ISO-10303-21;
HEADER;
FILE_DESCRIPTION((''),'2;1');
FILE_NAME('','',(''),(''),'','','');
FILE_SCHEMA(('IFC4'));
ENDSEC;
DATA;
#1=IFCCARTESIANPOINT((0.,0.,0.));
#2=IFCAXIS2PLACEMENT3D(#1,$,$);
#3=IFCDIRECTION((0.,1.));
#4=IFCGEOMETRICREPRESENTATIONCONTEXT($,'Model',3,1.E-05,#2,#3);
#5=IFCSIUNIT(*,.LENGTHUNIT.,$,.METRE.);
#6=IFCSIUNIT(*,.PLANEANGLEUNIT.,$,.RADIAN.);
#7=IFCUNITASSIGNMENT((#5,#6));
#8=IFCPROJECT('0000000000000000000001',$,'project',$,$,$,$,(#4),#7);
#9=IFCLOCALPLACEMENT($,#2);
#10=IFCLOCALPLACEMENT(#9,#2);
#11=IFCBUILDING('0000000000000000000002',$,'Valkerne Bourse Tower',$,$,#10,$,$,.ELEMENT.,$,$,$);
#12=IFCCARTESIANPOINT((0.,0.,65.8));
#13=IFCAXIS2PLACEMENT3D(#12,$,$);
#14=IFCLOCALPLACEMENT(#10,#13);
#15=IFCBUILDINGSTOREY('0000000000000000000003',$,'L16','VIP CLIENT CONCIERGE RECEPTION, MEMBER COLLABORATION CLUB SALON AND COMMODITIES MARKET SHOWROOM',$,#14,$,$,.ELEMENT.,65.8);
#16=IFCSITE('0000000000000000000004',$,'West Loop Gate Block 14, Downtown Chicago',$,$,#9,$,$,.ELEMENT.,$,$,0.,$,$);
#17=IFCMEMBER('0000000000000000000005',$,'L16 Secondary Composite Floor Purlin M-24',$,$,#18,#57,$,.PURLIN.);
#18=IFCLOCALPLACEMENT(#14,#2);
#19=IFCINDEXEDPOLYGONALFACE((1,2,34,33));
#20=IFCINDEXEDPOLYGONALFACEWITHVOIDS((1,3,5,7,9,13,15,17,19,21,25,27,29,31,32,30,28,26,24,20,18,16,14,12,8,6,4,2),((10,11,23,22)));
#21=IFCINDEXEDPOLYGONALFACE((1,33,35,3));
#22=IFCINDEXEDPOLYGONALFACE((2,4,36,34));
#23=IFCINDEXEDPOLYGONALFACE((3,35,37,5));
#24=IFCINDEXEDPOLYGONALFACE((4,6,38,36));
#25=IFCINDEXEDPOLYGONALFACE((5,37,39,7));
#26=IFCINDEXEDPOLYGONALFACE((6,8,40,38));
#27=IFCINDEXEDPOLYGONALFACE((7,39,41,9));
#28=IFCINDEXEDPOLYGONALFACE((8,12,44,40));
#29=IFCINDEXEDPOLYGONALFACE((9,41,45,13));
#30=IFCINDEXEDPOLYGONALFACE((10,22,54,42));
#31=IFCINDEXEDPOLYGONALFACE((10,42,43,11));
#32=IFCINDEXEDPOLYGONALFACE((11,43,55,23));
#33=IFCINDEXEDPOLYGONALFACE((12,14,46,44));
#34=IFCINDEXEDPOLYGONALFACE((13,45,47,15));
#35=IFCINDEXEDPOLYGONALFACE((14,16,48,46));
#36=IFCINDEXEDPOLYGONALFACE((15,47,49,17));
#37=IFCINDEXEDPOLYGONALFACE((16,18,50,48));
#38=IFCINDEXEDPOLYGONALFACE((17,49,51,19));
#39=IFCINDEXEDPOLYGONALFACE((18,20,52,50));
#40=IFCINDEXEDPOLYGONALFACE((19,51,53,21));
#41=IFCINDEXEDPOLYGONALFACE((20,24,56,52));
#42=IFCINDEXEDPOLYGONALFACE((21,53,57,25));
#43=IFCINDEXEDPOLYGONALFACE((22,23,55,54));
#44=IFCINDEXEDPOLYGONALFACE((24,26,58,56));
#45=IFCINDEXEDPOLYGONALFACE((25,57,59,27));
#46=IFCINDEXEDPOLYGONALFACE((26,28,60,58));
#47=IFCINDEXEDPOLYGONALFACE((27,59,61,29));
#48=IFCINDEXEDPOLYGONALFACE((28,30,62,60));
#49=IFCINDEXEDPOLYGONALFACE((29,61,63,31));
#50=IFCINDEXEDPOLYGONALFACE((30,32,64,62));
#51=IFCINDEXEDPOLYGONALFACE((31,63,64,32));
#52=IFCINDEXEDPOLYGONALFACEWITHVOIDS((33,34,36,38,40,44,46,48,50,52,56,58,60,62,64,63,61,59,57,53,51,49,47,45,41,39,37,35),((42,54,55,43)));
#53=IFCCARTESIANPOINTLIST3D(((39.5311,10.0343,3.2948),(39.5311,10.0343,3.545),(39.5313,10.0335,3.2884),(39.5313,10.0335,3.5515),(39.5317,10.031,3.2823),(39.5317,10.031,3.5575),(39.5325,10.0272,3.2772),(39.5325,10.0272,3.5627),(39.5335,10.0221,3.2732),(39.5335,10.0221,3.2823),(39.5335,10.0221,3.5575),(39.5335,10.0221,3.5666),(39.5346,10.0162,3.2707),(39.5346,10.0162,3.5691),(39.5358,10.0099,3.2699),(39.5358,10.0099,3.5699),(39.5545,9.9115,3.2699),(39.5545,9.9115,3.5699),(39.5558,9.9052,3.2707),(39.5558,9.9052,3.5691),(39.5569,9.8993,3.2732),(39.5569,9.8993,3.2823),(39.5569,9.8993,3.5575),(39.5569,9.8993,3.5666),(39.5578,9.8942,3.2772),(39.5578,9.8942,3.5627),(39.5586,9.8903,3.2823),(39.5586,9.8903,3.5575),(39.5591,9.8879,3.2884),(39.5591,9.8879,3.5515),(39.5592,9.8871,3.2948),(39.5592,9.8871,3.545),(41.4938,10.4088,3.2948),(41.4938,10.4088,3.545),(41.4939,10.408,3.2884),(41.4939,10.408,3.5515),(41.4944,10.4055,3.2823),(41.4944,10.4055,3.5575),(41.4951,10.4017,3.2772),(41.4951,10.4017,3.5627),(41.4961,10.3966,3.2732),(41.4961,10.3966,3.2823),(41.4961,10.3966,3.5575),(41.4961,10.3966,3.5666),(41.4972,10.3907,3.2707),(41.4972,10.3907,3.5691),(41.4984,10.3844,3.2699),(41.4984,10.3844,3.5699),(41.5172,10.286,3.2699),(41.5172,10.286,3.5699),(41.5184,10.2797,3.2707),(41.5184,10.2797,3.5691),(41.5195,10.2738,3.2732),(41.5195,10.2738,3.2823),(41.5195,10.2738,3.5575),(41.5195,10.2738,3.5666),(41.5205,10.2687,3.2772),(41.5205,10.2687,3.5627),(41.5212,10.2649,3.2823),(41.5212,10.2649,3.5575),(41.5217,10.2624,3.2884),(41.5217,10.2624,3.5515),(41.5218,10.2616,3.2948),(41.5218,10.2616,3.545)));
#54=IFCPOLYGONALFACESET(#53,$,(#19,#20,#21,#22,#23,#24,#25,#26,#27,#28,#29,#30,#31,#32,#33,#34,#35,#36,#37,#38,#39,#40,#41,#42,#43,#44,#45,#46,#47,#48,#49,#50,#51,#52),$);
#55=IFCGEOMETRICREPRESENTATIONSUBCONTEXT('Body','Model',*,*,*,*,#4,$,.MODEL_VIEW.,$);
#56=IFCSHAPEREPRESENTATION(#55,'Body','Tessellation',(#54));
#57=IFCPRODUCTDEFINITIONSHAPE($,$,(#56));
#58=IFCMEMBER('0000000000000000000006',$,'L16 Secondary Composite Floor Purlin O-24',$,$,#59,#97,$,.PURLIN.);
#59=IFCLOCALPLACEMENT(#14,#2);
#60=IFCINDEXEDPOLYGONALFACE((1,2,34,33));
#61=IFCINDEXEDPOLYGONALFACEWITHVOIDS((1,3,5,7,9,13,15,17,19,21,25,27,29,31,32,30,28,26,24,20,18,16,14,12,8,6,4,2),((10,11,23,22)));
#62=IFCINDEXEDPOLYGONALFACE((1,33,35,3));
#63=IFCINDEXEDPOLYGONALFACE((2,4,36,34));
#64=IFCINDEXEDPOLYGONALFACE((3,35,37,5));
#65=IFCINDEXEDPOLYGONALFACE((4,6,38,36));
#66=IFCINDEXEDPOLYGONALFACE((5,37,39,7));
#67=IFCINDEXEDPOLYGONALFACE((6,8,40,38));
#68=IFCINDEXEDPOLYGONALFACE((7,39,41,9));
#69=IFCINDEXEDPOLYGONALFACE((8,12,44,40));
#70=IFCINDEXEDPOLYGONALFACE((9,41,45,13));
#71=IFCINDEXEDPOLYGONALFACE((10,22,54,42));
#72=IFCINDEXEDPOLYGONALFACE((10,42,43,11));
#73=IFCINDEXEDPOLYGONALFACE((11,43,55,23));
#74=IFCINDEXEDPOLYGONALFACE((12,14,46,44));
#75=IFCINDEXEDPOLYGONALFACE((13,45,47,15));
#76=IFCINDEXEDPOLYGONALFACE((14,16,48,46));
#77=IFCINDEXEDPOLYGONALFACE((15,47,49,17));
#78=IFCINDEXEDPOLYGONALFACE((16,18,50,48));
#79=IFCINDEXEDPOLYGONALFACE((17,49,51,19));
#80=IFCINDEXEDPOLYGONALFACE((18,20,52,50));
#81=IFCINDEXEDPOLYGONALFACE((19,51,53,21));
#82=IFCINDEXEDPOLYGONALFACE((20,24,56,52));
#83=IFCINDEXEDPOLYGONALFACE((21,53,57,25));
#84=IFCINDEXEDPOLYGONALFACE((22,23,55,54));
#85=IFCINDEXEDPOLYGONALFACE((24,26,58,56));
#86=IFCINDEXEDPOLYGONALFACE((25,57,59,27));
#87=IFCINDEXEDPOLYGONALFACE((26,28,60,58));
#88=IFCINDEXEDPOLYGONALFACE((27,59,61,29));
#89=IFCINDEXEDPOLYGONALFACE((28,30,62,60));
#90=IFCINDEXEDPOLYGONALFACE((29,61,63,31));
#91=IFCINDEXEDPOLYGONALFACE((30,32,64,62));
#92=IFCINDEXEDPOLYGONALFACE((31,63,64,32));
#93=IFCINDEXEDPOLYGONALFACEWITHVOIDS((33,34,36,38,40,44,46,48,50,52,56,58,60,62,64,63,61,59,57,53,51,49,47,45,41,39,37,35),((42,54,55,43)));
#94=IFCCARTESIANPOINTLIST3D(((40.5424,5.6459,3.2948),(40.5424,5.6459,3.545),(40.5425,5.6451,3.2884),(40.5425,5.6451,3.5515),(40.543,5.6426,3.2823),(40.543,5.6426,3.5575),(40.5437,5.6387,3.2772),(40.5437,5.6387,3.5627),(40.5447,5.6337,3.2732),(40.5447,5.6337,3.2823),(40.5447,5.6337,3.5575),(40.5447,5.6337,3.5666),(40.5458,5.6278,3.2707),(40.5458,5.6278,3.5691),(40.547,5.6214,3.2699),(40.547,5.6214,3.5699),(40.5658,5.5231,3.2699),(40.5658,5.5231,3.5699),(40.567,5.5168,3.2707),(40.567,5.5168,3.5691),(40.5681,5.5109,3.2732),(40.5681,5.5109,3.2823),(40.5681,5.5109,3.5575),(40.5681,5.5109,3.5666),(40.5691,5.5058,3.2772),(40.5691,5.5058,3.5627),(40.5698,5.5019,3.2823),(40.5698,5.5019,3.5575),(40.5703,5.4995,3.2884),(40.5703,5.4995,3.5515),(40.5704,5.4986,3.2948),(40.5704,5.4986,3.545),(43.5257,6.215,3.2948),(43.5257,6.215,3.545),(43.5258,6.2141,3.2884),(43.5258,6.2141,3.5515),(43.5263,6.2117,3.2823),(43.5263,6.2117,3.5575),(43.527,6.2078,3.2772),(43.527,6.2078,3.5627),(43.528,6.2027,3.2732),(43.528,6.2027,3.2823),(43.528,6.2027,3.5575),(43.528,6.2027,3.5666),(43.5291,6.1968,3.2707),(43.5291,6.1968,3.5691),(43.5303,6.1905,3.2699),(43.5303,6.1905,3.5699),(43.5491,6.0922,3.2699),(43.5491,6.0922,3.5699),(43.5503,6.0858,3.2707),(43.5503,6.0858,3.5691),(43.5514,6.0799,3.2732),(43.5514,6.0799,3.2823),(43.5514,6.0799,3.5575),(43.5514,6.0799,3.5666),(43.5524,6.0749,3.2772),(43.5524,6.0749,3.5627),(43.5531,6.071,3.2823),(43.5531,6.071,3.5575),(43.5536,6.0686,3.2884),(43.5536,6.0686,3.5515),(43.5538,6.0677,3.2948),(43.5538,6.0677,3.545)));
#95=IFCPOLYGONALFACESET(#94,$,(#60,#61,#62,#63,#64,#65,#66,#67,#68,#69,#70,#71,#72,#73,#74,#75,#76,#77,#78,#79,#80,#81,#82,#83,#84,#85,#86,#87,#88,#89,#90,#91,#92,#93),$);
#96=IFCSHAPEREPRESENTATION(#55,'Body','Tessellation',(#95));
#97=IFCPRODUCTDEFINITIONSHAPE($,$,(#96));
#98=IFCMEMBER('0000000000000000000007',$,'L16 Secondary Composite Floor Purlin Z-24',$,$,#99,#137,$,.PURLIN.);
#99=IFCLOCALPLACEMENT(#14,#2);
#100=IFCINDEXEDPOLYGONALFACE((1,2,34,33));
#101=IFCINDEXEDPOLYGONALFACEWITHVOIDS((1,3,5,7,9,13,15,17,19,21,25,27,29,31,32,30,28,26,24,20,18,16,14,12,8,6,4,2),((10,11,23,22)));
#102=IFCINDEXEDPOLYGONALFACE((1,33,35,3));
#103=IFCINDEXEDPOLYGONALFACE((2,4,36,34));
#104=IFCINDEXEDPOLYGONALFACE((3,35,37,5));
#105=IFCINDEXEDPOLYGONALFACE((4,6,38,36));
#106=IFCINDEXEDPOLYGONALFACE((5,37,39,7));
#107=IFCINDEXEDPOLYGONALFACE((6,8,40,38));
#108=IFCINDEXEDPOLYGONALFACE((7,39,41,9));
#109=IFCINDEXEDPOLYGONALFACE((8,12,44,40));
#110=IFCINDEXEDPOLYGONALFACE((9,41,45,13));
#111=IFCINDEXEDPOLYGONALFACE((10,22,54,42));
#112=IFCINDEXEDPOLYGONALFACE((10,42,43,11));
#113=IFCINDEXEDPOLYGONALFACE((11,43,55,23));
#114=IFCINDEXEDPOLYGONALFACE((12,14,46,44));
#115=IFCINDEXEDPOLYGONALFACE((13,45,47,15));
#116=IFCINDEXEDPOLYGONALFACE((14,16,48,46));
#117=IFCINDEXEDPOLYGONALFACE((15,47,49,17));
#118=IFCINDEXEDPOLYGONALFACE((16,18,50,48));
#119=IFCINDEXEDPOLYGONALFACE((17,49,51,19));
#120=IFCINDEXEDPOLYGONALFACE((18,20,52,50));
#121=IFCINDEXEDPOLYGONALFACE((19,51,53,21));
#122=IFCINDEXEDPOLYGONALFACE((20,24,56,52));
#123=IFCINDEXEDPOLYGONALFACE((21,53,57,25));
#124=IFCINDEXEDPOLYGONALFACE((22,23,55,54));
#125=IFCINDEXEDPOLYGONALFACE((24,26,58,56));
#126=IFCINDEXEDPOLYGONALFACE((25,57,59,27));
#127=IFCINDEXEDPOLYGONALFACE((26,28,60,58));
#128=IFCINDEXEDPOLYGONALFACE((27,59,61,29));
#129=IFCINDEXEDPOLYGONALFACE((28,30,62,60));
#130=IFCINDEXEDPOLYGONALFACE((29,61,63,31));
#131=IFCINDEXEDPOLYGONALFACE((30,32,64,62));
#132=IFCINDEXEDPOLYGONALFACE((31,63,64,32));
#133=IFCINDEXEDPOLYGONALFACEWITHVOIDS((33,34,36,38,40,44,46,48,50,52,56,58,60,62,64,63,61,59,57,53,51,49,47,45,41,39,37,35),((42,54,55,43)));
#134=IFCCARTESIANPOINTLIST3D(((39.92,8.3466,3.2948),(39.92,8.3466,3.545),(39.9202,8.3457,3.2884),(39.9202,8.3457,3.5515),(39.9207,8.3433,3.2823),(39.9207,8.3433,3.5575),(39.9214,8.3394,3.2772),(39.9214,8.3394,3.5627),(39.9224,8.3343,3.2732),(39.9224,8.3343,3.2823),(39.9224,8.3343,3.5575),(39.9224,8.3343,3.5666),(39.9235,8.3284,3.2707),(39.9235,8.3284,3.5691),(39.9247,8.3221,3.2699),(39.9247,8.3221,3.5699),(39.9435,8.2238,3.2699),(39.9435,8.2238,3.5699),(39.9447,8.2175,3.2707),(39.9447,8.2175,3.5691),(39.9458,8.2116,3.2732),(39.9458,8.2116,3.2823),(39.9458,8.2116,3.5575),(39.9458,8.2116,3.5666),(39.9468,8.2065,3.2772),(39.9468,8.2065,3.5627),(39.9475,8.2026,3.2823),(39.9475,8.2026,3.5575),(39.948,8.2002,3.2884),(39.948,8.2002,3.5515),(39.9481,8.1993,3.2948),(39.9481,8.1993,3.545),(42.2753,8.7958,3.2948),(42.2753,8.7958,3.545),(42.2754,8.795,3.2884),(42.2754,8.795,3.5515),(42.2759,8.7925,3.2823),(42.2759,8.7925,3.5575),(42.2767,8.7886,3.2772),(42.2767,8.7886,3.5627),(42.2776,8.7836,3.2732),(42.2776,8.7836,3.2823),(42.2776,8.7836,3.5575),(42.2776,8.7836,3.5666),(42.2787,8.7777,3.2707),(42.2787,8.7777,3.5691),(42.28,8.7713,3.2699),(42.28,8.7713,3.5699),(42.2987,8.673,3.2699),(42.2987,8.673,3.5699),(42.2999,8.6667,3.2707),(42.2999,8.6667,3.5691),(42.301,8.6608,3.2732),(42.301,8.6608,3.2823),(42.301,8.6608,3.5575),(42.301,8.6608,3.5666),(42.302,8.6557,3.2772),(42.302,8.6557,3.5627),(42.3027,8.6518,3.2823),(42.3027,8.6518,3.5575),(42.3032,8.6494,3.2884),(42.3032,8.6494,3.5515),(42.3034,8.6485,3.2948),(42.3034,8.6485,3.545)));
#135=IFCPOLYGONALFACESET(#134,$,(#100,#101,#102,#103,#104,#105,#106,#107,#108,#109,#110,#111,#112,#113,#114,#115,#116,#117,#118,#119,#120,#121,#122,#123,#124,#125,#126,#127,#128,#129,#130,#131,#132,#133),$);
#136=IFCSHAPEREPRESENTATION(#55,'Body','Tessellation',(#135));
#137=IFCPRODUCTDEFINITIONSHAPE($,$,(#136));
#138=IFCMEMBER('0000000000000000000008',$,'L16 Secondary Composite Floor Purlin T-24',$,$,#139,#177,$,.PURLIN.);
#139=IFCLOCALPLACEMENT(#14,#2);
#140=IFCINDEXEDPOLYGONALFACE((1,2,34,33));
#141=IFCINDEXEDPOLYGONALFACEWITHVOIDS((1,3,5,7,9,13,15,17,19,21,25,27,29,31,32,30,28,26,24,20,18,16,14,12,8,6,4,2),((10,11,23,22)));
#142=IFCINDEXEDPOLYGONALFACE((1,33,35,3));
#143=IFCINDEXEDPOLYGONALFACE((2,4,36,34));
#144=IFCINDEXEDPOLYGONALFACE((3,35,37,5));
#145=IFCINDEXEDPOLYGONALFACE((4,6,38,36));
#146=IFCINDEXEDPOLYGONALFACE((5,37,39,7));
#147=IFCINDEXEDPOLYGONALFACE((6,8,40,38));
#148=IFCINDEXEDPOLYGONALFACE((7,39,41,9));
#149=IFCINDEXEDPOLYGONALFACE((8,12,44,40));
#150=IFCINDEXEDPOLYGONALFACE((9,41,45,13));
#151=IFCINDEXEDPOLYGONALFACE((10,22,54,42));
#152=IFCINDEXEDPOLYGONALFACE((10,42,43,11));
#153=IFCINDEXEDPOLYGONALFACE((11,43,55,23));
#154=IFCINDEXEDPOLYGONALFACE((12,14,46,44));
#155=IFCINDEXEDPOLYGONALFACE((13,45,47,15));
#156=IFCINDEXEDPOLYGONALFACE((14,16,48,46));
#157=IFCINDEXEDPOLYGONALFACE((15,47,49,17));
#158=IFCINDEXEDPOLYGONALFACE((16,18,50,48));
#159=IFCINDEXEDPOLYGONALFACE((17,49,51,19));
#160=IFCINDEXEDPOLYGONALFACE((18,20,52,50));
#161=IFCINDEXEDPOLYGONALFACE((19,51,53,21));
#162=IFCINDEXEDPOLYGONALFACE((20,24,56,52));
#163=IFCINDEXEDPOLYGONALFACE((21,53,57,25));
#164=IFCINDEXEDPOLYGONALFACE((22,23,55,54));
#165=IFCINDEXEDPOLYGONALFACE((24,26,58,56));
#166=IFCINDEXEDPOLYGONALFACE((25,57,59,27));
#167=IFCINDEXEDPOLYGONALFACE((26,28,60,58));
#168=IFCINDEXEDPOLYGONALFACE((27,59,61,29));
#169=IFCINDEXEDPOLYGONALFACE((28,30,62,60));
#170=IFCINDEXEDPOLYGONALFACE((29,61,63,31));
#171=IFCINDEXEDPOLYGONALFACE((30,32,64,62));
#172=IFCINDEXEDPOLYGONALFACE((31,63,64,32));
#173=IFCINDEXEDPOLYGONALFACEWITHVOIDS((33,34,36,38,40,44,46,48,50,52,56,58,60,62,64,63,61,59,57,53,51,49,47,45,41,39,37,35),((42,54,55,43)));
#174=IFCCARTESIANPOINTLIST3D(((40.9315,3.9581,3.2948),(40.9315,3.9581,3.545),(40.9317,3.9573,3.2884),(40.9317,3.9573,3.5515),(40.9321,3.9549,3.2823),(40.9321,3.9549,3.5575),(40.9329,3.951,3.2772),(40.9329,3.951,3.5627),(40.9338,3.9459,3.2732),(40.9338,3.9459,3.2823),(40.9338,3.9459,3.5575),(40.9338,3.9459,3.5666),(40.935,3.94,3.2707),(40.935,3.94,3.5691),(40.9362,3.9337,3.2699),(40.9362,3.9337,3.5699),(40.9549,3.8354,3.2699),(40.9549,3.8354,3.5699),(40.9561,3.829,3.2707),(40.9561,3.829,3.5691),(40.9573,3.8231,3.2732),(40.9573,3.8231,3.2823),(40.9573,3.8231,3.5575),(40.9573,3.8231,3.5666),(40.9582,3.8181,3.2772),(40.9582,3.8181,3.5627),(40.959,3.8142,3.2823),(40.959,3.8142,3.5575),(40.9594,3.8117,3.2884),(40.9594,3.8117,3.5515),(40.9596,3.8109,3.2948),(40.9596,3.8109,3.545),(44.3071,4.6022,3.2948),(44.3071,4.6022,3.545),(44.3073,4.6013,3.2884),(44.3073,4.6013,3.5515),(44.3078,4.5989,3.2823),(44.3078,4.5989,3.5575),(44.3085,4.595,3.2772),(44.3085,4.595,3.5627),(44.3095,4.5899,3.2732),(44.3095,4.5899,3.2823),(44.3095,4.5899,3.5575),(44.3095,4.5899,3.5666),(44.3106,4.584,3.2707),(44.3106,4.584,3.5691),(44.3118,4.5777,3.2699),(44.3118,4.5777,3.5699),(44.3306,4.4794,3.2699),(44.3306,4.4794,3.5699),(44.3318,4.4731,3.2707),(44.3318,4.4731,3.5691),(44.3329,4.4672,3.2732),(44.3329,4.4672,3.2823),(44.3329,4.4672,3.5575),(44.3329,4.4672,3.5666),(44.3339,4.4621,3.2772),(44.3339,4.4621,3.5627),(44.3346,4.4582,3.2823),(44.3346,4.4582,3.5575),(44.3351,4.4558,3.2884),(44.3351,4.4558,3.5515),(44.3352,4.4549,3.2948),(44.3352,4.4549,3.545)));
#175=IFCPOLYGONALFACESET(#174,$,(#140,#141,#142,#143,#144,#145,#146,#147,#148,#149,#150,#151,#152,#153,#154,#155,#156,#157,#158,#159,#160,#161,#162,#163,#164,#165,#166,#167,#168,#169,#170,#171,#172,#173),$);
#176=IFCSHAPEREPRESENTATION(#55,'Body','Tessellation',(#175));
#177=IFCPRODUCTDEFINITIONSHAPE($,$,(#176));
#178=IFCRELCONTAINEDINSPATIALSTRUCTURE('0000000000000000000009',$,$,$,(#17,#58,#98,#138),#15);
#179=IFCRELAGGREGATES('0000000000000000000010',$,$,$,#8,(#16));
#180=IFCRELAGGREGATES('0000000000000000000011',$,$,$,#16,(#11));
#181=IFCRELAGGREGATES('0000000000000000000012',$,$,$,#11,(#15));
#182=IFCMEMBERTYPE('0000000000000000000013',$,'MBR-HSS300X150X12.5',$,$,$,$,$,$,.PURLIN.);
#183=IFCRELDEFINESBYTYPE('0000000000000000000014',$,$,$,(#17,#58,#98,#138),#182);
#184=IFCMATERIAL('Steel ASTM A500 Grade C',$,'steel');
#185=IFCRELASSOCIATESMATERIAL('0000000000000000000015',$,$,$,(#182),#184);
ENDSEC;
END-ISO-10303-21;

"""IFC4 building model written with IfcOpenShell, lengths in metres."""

from ifc_helpers import new_model, si_unit, direction, frame, origin, origin_2d, place, context, subcontext, project, spatial, hollow_rectangle, extrude, material, material_profile, profile_set, type_object, element, save


model = new_model("IFC4")

# Units and contexts
model_context = context("Model", 3, precision=1e-05, world=origin(), true_north=direction((0.0, 1.0)))
body_context = subcontext(model_context, "Body", "Model", "MODEL_VIEW")
ifc_project = project(units=[si_unit("LENGTHUNIT", "METRE"), si_unit("PLANEANGLEUNIT", "RADIAN")], contexts=[model_context])

# Site, building, storey
site_placement = place(None, origin())
site = spatial("IfcSite", under=ifc_project, at=site_placement, Name="West Loop Gate Block 14, Downtown Chicago", CompositionType="ELEMENT", RefElevation=0.0)
building_placement = place(site_placement, origin())
building = spatial("IfcBuilding", under=site, at=building_placement, Name="Valkerne Bourse Tower", CompositionType="ELEMENT")
storey_placement = place(building_placement, frame((0.0, 0.0, 65.8)))
storey = spatial("IfcBuildingStorey", under=building, at=storey_placement, Name="L16", Description="VIP CLIENT CONCIERGE RECEPTION, MEMBER COLLABORATION CLUB SALON AND COMMODITIES MARKET SHOWROOM", CompositionType="ELEMENT", Elevation=65.8)

# Members
ifc_material_1 = material(Name="Steel ASTM A500 Grade C", Category="steel")
ifc_material_profile_1 = material_profile(ifc_material_1, hollow_rectangle(XDim=0.1499, YDim=0.3, WallThickness=0.0125, OuterFilletRadius=0.0249, at=origin_2d()), Name="HSS300X150X12.5")
ifc_profile_set_1 = profile_set([ifc_material_profile_1], Name="Steel ASTM A500 Grade C")
member_type_1 = type_object("IfcMemberType", Name="MBR-HSS300X150X12.5", PredefinedType="PURLIN", material=ifc_profile_set_1)
member_1_placement = place(storey_placement, frame((39.5452, 9.9607, 3.4199), z_axis=(0.982276, 0.187438, 0.0), x_axis=(-0.187438, 0.982276, 0.0)))
element("IfcMember", 1, at=member_1_placement, inside=storey, type_object=member_type_1, Name="L16 Secondary Composite Floor Purlin M-24", PredefinedType="PURLIN", context=body_context, shape_type="SweptSolid", body=[
    extrude(hollow_rectangle(XDim=0.1499, YDim=0.3, WallThickness=0.0125, OuterFilletRadius=0.0249, at=origin_2d()), origin(), (0.0, 0.0, 1.0), 1.998),
])
member_2_placement = place(storey_placement, frame((40.5564, 5.5723, 3.4199), z_axis=(0.982289, 0.187374, 0.0), x_axis=(-0.187374, 0.982289, 0.0)))
element("IfcMember", 2, at=member_2_placement, inside=storey, type_object=member_type_1, Name="L16 Secondary Composite Floor Purlin O-24", PredefinedType="PURLIN", context=body_context, shape_type="SweptSolid", body=[
    extrude(hollow_rectangle(XDim=0.1499, YDim=0.3, WallThickness=0.0125, OuterFilletRadius=0.0249, at=origin_2d()), origin(), (0.0, 0.0, 1.0), 3.0371),
])
member_3_placement = place(storey_placement, frame((39.9341, 8.2729, 3.4199), z_axis=(0.982292, 0.187355, 0.0), x_axis=(-0.187355, 0.982292, 0.0)))
element("IfcMember", 3, at=member_3_placement, inside=storey, type_object=member_type_1, Name="L16 Secondary Composite Floor Purlin Z-24", PredefinedType="PURLIN", context=body_context, shape_type="SweptSolid", body=[
    extrude(hollow_rectangle(XDim=0.1499, YDim=0.3, WallThickness=0.0125, OuterFilletRadius=0.0249, at=origin_2d()), origin(), (0.0, 0.0, 1.0), 2.3977),
])
member_4_placement = place(storey_placement, frame((40.9456, 3.8845, 3.4199), z_axis=(0.982283, 0.187406, 0.0), x_axis=(-0.187406, 0.982283, 0.0)))
element("IfcMember", 4, at=member_4_placement, inside=storey, type_object=member_type_1, Name="L16 Secondary Composite Floor Purlin T-24", PredefinedType="PURLIN", context=body_context, shape_type="SweptSolid", body=[
    extrude(hollow_rectangle(XDim=0.1499, YDim=0.3, WallThickness=0.0125, OuterFilletRadius=0.0249, at=origin_2d()), origin(), (0.0, 0.0, 1.0), 3.4365),
])

save(model, "model.ifc")
